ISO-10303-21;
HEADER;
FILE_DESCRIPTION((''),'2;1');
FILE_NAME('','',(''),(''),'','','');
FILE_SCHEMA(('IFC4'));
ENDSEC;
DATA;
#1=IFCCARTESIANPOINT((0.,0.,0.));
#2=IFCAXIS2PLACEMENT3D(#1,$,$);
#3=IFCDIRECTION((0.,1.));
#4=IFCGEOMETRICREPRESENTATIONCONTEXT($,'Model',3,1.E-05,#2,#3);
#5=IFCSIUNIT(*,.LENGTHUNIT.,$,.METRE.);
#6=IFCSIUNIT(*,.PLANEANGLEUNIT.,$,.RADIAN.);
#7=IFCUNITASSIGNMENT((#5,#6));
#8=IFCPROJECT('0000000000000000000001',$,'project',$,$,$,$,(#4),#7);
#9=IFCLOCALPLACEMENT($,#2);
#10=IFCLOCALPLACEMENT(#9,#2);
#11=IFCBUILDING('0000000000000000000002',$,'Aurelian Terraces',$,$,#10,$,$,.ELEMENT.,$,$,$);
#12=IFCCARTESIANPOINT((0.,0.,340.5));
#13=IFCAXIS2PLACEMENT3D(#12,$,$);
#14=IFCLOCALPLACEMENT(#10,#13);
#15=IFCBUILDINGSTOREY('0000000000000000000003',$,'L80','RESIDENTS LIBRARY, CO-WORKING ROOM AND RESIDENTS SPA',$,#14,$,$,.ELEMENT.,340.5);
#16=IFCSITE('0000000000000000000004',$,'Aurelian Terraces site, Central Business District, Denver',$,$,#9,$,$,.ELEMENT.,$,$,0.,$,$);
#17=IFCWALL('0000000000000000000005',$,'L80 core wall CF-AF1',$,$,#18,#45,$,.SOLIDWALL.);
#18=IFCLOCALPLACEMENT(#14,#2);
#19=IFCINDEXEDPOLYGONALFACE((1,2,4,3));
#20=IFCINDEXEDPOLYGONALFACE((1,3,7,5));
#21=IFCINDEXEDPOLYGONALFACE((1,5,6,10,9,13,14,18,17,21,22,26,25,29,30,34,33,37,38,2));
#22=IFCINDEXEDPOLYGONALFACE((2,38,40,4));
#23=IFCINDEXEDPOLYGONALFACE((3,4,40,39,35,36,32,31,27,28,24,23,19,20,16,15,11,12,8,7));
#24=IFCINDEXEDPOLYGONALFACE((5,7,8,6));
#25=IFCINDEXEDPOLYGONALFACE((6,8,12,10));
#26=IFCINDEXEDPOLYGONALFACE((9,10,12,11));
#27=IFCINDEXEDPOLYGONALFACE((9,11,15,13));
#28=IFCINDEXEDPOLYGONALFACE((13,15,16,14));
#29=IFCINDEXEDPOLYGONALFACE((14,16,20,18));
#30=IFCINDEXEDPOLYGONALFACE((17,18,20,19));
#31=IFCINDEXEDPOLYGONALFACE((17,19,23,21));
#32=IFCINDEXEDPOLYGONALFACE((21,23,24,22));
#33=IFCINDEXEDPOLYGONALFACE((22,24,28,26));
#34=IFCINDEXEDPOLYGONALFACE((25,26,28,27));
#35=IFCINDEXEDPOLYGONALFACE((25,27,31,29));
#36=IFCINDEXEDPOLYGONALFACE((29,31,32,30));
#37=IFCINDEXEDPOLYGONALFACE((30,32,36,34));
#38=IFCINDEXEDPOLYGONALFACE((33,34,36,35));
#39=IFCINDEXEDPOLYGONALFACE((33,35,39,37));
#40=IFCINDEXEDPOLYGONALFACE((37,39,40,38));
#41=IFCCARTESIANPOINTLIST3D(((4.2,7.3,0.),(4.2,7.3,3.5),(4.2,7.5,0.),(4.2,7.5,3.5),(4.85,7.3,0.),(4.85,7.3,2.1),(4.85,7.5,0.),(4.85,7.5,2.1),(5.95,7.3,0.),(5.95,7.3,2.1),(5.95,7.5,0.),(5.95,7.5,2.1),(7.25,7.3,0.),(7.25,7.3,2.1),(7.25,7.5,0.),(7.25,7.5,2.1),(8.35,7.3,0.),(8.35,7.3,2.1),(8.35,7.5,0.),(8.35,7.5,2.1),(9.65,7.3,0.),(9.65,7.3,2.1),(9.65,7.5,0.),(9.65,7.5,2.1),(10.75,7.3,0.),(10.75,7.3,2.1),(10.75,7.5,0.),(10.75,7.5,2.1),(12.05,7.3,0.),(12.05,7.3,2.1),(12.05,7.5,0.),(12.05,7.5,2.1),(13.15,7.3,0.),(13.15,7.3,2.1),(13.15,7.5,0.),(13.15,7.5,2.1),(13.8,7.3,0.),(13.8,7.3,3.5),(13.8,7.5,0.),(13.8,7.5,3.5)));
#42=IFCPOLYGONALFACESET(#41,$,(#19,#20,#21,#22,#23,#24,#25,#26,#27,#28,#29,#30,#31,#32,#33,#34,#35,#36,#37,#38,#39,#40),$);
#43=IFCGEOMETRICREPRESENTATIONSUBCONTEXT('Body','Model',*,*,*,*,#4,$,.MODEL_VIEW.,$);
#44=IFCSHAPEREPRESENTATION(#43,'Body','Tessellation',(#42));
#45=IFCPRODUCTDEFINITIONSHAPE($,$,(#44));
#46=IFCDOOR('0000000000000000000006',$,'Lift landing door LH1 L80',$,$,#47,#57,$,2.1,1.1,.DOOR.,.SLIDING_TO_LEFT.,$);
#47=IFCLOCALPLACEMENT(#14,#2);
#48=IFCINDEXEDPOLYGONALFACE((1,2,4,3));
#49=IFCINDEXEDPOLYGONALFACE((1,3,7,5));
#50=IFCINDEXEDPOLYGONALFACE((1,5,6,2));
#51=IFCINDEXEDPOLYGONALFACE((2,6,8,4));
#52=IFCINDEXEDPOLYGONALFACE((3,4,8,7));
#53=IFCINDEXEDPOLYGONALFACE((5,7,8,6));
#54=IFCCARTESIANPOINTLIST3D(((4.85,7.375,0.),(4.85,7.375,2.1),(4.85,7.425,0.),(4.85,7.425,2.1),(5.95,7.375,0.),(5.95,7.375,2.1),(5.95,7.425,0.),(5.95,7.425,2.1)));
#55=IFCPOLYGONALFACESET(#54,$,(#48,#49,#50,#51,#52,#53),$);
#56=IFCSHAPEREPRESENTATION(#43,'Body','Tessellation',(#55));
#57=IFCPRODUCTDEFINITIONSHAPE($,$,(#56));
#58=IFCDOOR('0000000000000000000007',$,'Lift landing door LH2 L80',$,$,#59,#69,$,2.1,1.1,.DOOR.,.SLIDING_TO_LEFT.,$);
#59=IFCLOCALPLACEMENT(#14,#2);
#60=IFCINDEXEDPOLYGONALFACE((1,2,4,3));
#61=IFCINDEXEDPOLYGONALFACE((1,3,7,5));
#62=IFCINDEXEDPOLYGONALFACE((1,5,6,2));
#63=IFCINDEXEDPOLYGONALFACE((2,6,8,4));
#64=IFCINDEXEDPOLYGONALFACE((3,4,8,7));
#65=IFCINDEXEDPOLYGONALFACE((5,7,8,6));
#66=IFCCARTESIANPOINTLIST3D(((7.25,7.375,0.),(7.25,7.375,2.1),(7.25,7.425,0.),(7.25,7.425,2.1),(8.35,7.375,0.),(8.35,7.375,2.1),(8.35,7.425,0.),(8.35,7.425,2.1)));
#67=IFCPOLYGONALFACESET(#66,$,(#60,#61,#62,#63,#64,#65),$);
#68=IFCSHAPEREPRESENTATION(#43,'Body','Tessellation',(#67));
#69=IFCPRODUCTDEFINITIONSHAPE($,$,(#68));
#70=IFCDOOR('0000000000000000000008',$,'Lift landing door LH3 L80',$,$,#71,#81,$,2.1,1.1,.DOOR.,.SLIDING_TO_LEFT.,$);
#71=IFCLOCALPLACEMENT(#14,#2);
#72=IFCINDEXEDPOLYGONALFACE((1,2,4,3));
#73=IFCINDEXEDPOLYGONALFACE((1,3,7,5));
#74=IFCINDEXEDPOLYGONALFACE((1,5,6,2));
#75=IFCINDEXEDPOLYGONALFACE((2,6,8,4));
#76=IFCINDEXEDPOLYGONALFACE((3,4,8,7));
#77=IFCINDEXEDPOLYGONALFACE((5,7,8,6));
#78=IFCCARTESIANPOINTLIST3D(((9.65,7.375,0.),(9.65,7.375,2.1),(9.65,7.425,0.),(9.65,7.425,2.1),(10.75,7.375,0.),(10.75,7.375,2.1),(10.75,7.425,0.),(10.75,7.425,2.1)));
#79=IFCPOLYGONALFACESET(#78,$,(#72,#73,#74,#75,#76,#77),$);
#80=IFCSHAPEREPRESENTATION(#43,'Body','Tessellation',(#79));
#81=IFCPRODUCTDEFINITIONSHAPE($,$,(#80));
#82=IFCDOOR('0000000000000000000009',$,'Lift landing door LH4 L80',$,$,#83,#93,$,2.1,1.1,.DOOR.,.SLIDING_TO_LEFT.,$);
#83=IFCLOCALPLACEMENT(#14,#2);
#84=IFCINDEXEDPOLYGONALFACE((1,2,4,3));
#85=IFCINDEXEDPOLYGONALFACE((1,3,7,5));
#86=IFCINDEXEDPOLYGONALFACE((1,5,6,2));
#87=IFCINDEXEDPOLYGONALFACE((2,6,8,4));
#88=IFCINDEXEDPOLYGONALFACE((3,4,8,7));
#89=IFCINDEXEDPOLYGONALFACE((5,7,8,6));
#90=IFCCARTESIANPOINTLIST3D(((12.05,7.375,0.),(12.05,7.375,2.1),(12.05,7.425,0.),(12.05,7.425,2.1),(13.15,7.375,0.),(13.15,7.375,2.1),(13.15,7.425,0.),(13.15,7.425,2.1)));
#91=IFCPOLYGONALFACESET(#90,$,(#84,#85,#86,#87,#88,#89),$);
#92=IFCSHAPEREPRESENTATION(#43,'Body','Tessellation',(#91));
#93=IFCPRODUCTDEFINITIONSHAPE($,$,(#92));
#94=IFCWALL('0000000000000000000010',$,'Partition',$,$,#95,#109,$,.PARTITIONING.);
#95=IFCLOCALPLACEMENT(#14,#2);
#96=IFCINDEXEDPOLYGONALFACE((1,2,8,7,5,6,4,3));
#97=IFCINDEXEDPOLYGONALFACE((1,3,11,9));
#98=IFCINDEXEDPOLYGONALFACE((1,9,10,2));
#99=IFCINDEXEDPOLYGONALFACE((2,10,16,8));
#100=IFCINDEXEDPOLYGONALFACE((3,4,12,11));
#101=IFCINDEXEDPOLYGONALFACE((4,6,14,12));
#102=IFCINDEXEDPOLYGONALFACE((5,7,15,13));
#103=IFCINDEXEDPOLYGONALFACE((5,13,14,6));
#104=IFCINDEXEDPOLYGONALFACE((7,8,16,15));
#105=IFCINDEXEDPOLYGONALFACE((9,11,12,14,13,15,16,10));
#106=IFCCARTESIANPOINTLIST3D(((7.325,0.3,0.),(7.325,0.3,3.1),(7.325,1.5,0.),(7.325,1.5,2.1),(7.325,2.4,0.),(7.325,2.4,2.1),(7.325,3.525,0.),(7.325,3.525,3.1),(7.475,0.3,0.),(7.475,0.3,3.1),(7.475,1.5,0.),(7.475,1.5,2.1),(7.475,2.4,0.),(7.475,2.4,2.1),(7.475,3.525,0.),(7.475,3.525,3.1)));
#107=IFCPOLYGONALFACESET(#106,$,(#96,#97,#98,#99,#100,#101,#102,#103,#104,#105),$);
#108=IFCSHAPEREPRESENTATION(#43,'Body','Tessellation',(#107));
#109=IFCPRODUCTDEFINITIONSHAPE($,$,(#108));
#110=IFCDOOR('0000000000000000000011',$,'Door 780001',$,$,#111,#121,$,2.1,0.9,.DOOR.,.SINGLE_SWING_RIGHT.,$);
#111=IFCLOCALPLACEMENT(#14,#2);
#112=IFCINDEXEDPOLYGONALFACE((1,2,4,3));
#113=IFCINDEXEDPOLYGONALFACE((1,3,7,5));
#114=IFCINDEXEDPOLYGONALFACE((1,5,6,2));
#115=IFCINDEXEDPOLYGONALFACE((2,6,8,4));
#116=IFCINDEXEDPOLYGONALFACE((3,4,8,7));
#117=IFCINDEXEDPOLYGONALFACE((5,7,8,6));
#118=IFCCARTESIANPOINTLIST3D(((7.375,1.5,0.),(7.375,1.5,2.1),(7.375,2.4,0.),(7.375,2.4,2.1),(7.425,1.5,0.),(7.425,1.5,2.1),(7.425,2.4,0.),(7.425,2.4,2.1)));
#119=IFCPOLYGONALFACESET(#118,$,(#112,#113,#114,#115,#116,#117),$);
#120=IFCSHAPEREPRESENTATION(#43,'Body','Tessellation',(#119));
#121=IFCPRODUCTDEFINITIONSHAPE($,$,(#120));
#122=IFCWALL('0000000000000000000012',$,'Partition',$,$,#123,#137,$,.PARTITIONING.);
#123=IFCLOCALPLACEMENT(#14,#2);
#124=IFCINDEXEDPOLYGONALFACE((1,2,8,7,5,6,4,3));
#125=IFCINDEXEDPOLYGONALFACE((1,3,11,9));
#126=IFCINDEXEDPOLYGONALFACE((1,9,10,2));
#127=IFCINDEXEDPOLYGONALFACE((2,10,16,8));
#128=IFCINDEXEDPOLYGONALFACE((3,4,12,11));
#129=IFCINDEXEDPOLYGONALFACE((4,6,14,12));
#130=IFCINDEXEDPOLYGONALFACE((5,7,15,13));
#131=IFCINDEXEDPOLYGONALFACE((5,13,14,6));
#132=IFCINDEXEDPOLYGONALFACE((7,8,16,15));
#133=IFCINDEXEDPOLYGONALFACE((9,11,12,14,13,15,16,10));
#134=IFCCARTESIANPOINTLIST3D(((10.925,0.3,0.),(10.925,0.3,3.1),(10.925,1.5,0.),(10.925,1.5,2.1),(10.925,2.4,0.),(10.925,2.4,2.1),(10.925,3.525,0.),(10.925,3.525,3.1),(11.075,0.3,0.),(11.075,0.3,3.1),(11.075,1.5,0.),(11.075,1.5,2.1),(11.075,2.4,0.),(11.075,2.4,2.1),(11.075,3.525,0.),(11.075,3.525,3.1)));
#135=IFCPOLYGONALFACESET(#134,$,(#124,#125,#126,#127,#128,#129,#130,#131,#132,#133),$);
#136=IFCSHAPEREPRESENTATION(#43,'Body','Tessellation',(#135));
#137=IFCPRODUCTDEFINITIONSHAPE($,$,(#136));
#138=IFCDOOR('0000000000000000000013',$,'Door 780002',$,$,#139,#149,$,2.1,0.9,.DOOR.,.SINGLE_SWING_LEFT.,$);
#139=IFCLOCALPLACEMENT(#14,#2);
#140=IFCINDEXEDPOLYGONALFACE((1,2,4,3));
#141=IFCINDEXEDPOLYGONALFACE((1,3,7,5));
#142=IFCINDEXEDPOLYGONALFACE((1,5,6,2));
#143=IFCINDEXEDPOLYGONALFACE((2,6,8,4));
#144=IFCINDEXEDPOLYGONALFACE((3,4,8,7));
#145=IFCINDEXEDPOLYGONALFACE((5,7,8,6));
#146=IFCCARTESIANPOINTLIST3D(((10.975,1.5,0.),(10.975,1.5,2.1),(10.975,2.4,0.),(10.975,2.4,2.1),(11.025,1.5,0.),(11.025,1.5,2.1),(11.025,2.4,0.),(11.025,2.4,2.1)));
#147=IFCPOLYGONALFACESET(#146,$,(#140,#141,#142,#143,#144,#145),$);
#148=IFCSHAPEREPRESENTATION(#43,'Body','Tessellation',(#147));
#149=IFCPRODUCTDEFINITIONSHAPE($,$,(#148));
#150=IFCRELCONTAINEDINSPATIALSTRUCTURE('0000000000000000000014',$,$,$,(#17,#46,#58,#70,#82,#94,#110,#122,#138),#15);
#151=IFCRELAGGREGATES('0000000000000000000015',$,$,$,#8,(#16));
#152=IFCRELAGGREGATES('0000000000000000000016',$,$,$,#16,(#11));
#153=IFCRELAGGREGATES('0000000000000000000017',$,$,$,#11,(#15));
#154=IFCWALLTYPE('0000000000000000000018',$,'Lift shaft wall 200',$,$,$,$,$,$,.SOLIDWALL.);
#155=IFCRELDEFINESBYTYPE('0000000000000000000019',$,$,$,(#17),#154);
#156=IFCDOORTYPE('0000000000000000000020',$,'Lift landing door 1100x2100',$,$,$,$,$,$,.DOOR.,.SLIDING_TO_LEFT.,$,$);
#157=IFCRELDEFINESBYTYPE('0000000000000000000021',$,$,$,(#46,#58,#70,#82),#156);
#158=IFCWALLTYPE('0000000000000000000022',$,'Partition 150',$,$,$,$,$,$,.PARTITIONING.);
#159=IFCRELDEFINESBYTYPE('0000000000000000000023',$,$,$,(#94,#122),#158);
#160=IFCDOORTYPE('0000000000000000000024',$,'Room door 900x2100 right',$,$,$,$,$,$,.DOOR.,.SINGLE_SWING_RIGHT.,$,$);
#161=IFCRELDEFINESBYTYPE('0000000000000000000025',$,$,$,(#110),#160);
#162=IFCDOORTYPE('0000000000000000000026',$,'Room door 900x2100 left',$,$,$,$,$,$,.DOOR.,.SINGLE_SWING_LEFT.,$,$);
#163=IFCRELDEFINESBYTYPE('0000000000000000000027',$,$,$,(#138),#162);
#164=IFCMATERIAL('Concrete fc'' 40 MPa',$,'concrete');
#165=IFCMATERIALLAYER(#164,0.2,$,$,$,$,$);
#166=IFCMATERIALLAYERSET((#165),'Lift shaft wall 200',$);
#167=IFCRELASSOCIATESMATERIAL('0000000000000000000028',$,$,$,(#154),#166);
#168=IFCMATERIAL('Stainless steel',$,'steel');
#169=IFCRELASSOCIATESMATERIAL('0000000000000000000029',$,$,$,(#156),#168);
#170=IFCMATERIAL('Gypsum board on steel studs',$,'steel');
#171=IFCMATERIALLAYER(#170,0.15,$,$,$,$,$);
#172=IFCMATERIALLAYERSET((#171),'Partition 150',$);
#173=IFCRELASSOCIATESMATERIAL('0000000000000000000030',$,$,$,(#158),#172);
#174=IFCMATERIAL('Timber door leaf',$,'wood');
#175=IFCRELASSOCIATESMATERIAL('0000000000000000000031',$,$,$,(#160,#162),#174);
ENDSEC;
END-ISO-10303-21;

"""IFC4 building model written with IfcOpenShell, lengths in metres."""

from ifc_helpers import new_model, si_unit, direction, frame, frame_2d, origin, place, context, subcontext, project, spatial, rectangle, extrude, source, transform, mapped, material, layer, layer_set, type_object, element, fill, save


model = new_model("IFC4")

# Units and contexts
model_context = context("Model", 3, precision=1e-05, world=origin(), true_north=direction((0.0, 1.0)))
body_context = subcontext(model_context, "Body", "Model", "MODEL_VIEW")
ifc_project = project(units=[si_unit("LENGTHUNIT", "METRE"), si_unit("PLANEANGLEUNIT", "RADIAN")], contexts=[model_context])

# Site, building, storey
site_placement = place(None, origin())
site = spatial("IfcSite", under=ifc_project, at=site_placement, Name="Aurelian Terraces site, Central Business District, Denver", CompositionType="ELEMENT", RefElevation=0.0)
building_placement = place(site_placement, origin())
building = spatial("IfcBuilding", under=site, at=building_placement, Name="Aurelian Terraces", CompositionType="ELEMENT")
storey_placement = place(building_placement, frame((0.0, 0.0, 340.5)))
storey = spatial("IfcBuildingStorey", under=building, at=storey_placement, Name="L80", Description="RESIDENTS LIBRARY, CO-WORKING ROOM AND RESIDENTS SPA", CompositionType="ELEMENT", Elevation=340.5)

# Shared definitions
shared_shape_1 = source(origin(), body_context, "Body", "SweptSolid", [
    extrude(rectangle(XDim=0.9, YDim=2.1, at=frame_2d((0.45, 1.05))), frame((0.0, 0.025, 0.0), z_axis=(0.0, -1.0, 0.0), x_axis=(1.0, 0.0, 0.0)), (0.0, 0.0, 1.0), 0.05),
])

# Shared definitions
ifc_material_1 = material(Name="Concrete fc' 40 MPa", Category="concrete")
ifc_layer_1 = layer(ifc_material_1, 0.2)
ifc_layer_set_1 = layer_set([ifc_layer_1], Name="Lift shaft wall 200")
wall_type_1 = type_object("IfcWallType", Name="Lift shaft wall 200", PredefinedType="SOLIDWALL", material=ifc_layer_set_1)

# Wall, openings, doors
shared_shape_2 = source(origin(), body_context, "Body", "SweptSolid", [
    extrude(rectangle(XDim=1.1, YDim=2.1, at=frame_2d((0.55, 1.05))), frame((0.0, 0.11, 0.0), z_axis=(0.0, -1.0, 0.0), x_axis=(1.0, 0.0, 0.0)), (0.0, 0.0, 1.0), 0.22),
])
ifc_material_2 = material(Name="Stainless steel", Category="steel")
door_type_1 = type_object("IfcDoorType", Name="Lift landing door 1100x2100", OperationType="SLIDING_TO_LEFT", PredefinedType="DOOR", material=ifc_material_2)
shared_shape_3 = source(origin(), body_context, "Body", "SweptSolid", [
    extrude(rectangle(XDim=1.1, YDim=2.1, at=frame_2d((0.55, 1.05))), frame((0.0, 0.025, 0.0), z_axis=(0.0, -1.0, 0.0), x_axis=(1.0, 0.0, 0.0)), (0.0, 0.0, 1.0), 0.05),
])
shared_shape_4 = source(origin(), body_context, "Body", "SweptSolid", [
    extrude(rectangle(XDim=9.6, YDim=0.2, at=frame_2d((4.8, 0.0))), origin(), (0.0, 0.0, 1.0), 3.5),
])
wall_1_placement = place(storey_placement, frame((4.2, 7.4, 0.0), z_axis=(0.0, 0.0, 1.0), x_axis=(1.0, 0.0, 0.0)))
wall_1 = element("IfcWall", 1, at=wall_1_placement, inside=storey, type_object=wall_type_1, Name="L80 core wall CF-AF1", PredefinedType="SOLIDWALL", context=body_context, shape_type="MappedRepresentation", body=[
    mapped(shared_shape_4, transform((0.0, 0.0, 0.0), scale=1.0)),
])
opening_1_placement = place(wall_1_placement, frame((0.65, 0.0, 0.0)))
opening_1 = element("IfcOpeningElement", 2, at=opening_1_placement, cuts=wall_1, PredefinedType="OPENING", context=body_context, shape_type="MappedRepresentation", body=[
    mapped(shared_shape_2, transform((0.0, 0.0, 0.0), scale=1.0)),
])
opening_2_placement = place(wall_1_placement, frame((3.05, 0.0, 0.0)))
opening_2 = element("IfcOpeningElement", 3, at=opening_2_placement, cuts=wall_1, PredefinedType="OPENING", context=body_context, shape_type="MappedRepresentation", body=[
    mapped(shared_shape_2, transform((0.0, 0.0, 0.0), scale=1.0)),
])
opening_3_placement = place(wall_1_placement, frame((5.45, 0.0, 0.0)))
opening_3 = element("IfcOpeningElement", 4, at=opening_3_placement, cuts=wall_1, PredefinedType="OPENING", context=body_context, shape_type="MappedRepresentation", body=[
    mapped(shared_shape_2, transform((0.0, 0.0, 0.0), scale=1.0)),
])
opening_4_placement = place(wall_1_placement, frame((7.85, 0.0, 0.0)))
opening_4 = element("IfcOpeningElement", 5, at=opening_4_placement, cuts=wall_1, PredefinedType="OPENING", context=body_context, shape_type="MappedRepresentation", body=[
    mapped(shared_shape_2, transform((0.0, 0.0, 0.0), scale=1.0)),
])
door_1_placement = place(opening_1_placement, origin())
door_1 = element("IfcDoor", 6, at=door_1_placement, inside=storey, type_object=door_type_1, Name="Lift landing door LH1 L80", OperationType="SLIDING_TO_LEFT", OverallHeight=2.1, OverallWidth=1.1, PredefinedType="DOOR", context=body_context, shape_type="MappedRepresentation", body=[
    mapped(shared_shape_3, transform((0.0, 0.0, 0.0), scale=1.0)),
])
fill(opening_1, door_1)
door_2_placement = place(opening_2_placement, origin())
door_2 = element("IfcDoor", 7, at=door_2_placement, inside=storey, type_object=door_type_1, Name="Lift landing door LH2 L80", OperationType="SLIDING_TO_LEFT", OverallHeight=2.1, OverallWidth=1.1, PredefinedType="DOOR", context=body_context, shape_type="MappedRepresentation", body=[
    mapped(shared_shape_3, transform((0.0, 0.0, 0.0), scale=1.0)),
])
fill(opening_2, door_2)
door_3_placement = place(opening_3_placement, origin())
door_3 = element("IfcDoor", 8, at=door_3_placement, inside=storey, type_object=door_type_1, Name="Lift landing door LH3 L80", OperationType="SLIDING_TO_LEFT", OverallHeight=2.1, OverallWidth=1.1, PredefinedType="DOOR", context=body_context, shape_type="MappedRepresentation", body=[
    mapped(shared_shape_3, transform((0.0, 0.0, 0.0), scale=1.0)),
])
fill(opening_3, door_3)
door_4_placement = place(opening_4_placement, origin())
door_4 = element("IfcDoor", 9, at=door_4_placement, inside=storey, type_object=door_type_1, Name="Lift landing door LH4 L80", OperationType="SLIDING_TO_LEFT", OverallHeight=2.1, OverallWidth=1.1, PredefinedType="DOOR", context=body_context, shape_type="MappedRepresentation", body=[
    mapped(shared_shape_3, transform((0.0, 0.0, 0.0), scale=1.0)),
])
fill(opening_4, door_4)

# Walls, openings, doors
ifc_material_3 = material(Name="Gypsum board on steel studs", Category="steel")
ifc_layer_2 = layer(ifc_material_3, 0.15)
ifc_layer_set_2 = layer_set([ifc_layer_2], Name="Partition 150")
wall_type_2 = type_object("IfcWallType", Name="Partition 150", PredefinedType="PARTITIONING", material=ifc_layer_set_2)
shared_shape_5 = source(origin(), body_context, "Body", "SweptSolid", [
    extrude(rectangle(XDim=3.225, YDim=0.15, at=frame_2d((1.6125, 0.0))), origin(), (0.0, 0.0, 1.0), 3.1),
])
wall_2_placement = place(storey_placement, frame((7.4, 3.525, 0.0), z_axis=(0.0, 0.0, 1.0), x_axis=(0.0, -1.0, 0.0)))
wall_2 = element("IfcWall", 10, at=wall_2_placement, inside=storey, type_object=wall_type_2, Name="Partition", PredefinedType="PARTITIONING", context=body_context, shape_type="MappedRepresentation", body=[
    mapped(shared_shape_5, transform((0.0, 0.0, 0.0), scale=1.0)),
])
shared_shape_6 = source(origin(), body_context, "Body", "SweptSolid", [
    extrude(rectangle(XDim=0.9, YDim=2.1, at=frame_2d((0.45, 1.05))), frame((0.0, 0.085, 0.0), z_axis=(0.0, -1.0, 0.0), x_axis=(1.0, 0.0, 0.0)), (0.0, 0.0, 1.0), 0.17),
])
opening_5_placement = place(wall_2_placement, frame((1.125, 0.0, 0.0)))
opening_5 = element("IfcOpeningElement", 11, at=opening_5_placement, cuts=wall_2, PredefinedType="OPENING", context=body_context, shape_type="MappedRepresentation", body=[
    mapped(shared_shape_6, transform((0.0, 0.0, 0.0), scale=1.0)),
])
ifc_material_4 = material(Name="Timber door leaf", Category="wood")
door_type_2 = type_object("IfcDoorType", Name="Room door 900x2100 right", OperationType="SINGLE_SWING_RIGHT", PredefinedType="DOOR", material=ifc_material_4)
door_5_placement = place(opening_5_placement, origin())
door_5 = element("IfcDoor", 12, at=door_5_placement, inside=storey, type_object=door_type_2, Name="Door 780001", OperationType="SINGLE_SWING_RIGHT", OverallHeight=2.1, OverallWidth=0.9, PredefinedType="DOOR", context=body_context, shape_type="MappedRepresentation", body=[
    mapped(shared_shape_1, transform((0.0, 0.0, 0.0), scale=1.0)),
])
fill(opening_5, door_5)
wall_3_placement = place(storey_placement, frame((11.0, 3.525, 0.0), z_axis=(0.0, 0.0, 1.0), x_axis=(0.0, -1.0, 0.0)))
wall_3 = element("IfcWall", 13, at=wall_3_placement, inside=storey, type_object=wall_type_2, Name="Partition", PredefinedType="PARTITIONING", context=body_context, shape_type="MappedRepresentation", body=[
    mapped(shared_shape_5, transform((0.0, 0.0, 0.0), scale=1.0)),
])
opening_6_placement = place(wall_3_placement, frame((1.125, 0.0, 0.0)))
opening_6 = element("IfcOpeningElement", 14, at=opening_6_placement, cuts=wall_3, PredefinedType="OPENING", context=body_context, shape_type="MappedRepresentation", body=[
    mapped(shared_shape_6, transform((0.0, 0.0, 0.0), scale=1.0)),
])
door_type_3 = type_object("IfcDoorType", Name="Room door 900x2100 left", OperationType="SINGLE_SWING_LEFT", PredefinedType="DOOR", material=ifc_material_4)
door_6_placement = place(opening_6_placement, origin())
door_6 = element("IfcDoor", 15, at=door_6_placement, inside=storey, type_object=door_type_3, Name="Door 780002", OperationType="SINGLE_SWING_LEFT", OverallHeight=2.1, OverallWidth=0.9, PredefinedType="DOOR", context=body_context, shape_type="MappedRepresentation", body=[
    mapped(shared_shape_1, transform((0.0, 0.0, 0.0), scale=1.0)),
])
fill(opening_6, door_6)

save(model, "model.ifc")
